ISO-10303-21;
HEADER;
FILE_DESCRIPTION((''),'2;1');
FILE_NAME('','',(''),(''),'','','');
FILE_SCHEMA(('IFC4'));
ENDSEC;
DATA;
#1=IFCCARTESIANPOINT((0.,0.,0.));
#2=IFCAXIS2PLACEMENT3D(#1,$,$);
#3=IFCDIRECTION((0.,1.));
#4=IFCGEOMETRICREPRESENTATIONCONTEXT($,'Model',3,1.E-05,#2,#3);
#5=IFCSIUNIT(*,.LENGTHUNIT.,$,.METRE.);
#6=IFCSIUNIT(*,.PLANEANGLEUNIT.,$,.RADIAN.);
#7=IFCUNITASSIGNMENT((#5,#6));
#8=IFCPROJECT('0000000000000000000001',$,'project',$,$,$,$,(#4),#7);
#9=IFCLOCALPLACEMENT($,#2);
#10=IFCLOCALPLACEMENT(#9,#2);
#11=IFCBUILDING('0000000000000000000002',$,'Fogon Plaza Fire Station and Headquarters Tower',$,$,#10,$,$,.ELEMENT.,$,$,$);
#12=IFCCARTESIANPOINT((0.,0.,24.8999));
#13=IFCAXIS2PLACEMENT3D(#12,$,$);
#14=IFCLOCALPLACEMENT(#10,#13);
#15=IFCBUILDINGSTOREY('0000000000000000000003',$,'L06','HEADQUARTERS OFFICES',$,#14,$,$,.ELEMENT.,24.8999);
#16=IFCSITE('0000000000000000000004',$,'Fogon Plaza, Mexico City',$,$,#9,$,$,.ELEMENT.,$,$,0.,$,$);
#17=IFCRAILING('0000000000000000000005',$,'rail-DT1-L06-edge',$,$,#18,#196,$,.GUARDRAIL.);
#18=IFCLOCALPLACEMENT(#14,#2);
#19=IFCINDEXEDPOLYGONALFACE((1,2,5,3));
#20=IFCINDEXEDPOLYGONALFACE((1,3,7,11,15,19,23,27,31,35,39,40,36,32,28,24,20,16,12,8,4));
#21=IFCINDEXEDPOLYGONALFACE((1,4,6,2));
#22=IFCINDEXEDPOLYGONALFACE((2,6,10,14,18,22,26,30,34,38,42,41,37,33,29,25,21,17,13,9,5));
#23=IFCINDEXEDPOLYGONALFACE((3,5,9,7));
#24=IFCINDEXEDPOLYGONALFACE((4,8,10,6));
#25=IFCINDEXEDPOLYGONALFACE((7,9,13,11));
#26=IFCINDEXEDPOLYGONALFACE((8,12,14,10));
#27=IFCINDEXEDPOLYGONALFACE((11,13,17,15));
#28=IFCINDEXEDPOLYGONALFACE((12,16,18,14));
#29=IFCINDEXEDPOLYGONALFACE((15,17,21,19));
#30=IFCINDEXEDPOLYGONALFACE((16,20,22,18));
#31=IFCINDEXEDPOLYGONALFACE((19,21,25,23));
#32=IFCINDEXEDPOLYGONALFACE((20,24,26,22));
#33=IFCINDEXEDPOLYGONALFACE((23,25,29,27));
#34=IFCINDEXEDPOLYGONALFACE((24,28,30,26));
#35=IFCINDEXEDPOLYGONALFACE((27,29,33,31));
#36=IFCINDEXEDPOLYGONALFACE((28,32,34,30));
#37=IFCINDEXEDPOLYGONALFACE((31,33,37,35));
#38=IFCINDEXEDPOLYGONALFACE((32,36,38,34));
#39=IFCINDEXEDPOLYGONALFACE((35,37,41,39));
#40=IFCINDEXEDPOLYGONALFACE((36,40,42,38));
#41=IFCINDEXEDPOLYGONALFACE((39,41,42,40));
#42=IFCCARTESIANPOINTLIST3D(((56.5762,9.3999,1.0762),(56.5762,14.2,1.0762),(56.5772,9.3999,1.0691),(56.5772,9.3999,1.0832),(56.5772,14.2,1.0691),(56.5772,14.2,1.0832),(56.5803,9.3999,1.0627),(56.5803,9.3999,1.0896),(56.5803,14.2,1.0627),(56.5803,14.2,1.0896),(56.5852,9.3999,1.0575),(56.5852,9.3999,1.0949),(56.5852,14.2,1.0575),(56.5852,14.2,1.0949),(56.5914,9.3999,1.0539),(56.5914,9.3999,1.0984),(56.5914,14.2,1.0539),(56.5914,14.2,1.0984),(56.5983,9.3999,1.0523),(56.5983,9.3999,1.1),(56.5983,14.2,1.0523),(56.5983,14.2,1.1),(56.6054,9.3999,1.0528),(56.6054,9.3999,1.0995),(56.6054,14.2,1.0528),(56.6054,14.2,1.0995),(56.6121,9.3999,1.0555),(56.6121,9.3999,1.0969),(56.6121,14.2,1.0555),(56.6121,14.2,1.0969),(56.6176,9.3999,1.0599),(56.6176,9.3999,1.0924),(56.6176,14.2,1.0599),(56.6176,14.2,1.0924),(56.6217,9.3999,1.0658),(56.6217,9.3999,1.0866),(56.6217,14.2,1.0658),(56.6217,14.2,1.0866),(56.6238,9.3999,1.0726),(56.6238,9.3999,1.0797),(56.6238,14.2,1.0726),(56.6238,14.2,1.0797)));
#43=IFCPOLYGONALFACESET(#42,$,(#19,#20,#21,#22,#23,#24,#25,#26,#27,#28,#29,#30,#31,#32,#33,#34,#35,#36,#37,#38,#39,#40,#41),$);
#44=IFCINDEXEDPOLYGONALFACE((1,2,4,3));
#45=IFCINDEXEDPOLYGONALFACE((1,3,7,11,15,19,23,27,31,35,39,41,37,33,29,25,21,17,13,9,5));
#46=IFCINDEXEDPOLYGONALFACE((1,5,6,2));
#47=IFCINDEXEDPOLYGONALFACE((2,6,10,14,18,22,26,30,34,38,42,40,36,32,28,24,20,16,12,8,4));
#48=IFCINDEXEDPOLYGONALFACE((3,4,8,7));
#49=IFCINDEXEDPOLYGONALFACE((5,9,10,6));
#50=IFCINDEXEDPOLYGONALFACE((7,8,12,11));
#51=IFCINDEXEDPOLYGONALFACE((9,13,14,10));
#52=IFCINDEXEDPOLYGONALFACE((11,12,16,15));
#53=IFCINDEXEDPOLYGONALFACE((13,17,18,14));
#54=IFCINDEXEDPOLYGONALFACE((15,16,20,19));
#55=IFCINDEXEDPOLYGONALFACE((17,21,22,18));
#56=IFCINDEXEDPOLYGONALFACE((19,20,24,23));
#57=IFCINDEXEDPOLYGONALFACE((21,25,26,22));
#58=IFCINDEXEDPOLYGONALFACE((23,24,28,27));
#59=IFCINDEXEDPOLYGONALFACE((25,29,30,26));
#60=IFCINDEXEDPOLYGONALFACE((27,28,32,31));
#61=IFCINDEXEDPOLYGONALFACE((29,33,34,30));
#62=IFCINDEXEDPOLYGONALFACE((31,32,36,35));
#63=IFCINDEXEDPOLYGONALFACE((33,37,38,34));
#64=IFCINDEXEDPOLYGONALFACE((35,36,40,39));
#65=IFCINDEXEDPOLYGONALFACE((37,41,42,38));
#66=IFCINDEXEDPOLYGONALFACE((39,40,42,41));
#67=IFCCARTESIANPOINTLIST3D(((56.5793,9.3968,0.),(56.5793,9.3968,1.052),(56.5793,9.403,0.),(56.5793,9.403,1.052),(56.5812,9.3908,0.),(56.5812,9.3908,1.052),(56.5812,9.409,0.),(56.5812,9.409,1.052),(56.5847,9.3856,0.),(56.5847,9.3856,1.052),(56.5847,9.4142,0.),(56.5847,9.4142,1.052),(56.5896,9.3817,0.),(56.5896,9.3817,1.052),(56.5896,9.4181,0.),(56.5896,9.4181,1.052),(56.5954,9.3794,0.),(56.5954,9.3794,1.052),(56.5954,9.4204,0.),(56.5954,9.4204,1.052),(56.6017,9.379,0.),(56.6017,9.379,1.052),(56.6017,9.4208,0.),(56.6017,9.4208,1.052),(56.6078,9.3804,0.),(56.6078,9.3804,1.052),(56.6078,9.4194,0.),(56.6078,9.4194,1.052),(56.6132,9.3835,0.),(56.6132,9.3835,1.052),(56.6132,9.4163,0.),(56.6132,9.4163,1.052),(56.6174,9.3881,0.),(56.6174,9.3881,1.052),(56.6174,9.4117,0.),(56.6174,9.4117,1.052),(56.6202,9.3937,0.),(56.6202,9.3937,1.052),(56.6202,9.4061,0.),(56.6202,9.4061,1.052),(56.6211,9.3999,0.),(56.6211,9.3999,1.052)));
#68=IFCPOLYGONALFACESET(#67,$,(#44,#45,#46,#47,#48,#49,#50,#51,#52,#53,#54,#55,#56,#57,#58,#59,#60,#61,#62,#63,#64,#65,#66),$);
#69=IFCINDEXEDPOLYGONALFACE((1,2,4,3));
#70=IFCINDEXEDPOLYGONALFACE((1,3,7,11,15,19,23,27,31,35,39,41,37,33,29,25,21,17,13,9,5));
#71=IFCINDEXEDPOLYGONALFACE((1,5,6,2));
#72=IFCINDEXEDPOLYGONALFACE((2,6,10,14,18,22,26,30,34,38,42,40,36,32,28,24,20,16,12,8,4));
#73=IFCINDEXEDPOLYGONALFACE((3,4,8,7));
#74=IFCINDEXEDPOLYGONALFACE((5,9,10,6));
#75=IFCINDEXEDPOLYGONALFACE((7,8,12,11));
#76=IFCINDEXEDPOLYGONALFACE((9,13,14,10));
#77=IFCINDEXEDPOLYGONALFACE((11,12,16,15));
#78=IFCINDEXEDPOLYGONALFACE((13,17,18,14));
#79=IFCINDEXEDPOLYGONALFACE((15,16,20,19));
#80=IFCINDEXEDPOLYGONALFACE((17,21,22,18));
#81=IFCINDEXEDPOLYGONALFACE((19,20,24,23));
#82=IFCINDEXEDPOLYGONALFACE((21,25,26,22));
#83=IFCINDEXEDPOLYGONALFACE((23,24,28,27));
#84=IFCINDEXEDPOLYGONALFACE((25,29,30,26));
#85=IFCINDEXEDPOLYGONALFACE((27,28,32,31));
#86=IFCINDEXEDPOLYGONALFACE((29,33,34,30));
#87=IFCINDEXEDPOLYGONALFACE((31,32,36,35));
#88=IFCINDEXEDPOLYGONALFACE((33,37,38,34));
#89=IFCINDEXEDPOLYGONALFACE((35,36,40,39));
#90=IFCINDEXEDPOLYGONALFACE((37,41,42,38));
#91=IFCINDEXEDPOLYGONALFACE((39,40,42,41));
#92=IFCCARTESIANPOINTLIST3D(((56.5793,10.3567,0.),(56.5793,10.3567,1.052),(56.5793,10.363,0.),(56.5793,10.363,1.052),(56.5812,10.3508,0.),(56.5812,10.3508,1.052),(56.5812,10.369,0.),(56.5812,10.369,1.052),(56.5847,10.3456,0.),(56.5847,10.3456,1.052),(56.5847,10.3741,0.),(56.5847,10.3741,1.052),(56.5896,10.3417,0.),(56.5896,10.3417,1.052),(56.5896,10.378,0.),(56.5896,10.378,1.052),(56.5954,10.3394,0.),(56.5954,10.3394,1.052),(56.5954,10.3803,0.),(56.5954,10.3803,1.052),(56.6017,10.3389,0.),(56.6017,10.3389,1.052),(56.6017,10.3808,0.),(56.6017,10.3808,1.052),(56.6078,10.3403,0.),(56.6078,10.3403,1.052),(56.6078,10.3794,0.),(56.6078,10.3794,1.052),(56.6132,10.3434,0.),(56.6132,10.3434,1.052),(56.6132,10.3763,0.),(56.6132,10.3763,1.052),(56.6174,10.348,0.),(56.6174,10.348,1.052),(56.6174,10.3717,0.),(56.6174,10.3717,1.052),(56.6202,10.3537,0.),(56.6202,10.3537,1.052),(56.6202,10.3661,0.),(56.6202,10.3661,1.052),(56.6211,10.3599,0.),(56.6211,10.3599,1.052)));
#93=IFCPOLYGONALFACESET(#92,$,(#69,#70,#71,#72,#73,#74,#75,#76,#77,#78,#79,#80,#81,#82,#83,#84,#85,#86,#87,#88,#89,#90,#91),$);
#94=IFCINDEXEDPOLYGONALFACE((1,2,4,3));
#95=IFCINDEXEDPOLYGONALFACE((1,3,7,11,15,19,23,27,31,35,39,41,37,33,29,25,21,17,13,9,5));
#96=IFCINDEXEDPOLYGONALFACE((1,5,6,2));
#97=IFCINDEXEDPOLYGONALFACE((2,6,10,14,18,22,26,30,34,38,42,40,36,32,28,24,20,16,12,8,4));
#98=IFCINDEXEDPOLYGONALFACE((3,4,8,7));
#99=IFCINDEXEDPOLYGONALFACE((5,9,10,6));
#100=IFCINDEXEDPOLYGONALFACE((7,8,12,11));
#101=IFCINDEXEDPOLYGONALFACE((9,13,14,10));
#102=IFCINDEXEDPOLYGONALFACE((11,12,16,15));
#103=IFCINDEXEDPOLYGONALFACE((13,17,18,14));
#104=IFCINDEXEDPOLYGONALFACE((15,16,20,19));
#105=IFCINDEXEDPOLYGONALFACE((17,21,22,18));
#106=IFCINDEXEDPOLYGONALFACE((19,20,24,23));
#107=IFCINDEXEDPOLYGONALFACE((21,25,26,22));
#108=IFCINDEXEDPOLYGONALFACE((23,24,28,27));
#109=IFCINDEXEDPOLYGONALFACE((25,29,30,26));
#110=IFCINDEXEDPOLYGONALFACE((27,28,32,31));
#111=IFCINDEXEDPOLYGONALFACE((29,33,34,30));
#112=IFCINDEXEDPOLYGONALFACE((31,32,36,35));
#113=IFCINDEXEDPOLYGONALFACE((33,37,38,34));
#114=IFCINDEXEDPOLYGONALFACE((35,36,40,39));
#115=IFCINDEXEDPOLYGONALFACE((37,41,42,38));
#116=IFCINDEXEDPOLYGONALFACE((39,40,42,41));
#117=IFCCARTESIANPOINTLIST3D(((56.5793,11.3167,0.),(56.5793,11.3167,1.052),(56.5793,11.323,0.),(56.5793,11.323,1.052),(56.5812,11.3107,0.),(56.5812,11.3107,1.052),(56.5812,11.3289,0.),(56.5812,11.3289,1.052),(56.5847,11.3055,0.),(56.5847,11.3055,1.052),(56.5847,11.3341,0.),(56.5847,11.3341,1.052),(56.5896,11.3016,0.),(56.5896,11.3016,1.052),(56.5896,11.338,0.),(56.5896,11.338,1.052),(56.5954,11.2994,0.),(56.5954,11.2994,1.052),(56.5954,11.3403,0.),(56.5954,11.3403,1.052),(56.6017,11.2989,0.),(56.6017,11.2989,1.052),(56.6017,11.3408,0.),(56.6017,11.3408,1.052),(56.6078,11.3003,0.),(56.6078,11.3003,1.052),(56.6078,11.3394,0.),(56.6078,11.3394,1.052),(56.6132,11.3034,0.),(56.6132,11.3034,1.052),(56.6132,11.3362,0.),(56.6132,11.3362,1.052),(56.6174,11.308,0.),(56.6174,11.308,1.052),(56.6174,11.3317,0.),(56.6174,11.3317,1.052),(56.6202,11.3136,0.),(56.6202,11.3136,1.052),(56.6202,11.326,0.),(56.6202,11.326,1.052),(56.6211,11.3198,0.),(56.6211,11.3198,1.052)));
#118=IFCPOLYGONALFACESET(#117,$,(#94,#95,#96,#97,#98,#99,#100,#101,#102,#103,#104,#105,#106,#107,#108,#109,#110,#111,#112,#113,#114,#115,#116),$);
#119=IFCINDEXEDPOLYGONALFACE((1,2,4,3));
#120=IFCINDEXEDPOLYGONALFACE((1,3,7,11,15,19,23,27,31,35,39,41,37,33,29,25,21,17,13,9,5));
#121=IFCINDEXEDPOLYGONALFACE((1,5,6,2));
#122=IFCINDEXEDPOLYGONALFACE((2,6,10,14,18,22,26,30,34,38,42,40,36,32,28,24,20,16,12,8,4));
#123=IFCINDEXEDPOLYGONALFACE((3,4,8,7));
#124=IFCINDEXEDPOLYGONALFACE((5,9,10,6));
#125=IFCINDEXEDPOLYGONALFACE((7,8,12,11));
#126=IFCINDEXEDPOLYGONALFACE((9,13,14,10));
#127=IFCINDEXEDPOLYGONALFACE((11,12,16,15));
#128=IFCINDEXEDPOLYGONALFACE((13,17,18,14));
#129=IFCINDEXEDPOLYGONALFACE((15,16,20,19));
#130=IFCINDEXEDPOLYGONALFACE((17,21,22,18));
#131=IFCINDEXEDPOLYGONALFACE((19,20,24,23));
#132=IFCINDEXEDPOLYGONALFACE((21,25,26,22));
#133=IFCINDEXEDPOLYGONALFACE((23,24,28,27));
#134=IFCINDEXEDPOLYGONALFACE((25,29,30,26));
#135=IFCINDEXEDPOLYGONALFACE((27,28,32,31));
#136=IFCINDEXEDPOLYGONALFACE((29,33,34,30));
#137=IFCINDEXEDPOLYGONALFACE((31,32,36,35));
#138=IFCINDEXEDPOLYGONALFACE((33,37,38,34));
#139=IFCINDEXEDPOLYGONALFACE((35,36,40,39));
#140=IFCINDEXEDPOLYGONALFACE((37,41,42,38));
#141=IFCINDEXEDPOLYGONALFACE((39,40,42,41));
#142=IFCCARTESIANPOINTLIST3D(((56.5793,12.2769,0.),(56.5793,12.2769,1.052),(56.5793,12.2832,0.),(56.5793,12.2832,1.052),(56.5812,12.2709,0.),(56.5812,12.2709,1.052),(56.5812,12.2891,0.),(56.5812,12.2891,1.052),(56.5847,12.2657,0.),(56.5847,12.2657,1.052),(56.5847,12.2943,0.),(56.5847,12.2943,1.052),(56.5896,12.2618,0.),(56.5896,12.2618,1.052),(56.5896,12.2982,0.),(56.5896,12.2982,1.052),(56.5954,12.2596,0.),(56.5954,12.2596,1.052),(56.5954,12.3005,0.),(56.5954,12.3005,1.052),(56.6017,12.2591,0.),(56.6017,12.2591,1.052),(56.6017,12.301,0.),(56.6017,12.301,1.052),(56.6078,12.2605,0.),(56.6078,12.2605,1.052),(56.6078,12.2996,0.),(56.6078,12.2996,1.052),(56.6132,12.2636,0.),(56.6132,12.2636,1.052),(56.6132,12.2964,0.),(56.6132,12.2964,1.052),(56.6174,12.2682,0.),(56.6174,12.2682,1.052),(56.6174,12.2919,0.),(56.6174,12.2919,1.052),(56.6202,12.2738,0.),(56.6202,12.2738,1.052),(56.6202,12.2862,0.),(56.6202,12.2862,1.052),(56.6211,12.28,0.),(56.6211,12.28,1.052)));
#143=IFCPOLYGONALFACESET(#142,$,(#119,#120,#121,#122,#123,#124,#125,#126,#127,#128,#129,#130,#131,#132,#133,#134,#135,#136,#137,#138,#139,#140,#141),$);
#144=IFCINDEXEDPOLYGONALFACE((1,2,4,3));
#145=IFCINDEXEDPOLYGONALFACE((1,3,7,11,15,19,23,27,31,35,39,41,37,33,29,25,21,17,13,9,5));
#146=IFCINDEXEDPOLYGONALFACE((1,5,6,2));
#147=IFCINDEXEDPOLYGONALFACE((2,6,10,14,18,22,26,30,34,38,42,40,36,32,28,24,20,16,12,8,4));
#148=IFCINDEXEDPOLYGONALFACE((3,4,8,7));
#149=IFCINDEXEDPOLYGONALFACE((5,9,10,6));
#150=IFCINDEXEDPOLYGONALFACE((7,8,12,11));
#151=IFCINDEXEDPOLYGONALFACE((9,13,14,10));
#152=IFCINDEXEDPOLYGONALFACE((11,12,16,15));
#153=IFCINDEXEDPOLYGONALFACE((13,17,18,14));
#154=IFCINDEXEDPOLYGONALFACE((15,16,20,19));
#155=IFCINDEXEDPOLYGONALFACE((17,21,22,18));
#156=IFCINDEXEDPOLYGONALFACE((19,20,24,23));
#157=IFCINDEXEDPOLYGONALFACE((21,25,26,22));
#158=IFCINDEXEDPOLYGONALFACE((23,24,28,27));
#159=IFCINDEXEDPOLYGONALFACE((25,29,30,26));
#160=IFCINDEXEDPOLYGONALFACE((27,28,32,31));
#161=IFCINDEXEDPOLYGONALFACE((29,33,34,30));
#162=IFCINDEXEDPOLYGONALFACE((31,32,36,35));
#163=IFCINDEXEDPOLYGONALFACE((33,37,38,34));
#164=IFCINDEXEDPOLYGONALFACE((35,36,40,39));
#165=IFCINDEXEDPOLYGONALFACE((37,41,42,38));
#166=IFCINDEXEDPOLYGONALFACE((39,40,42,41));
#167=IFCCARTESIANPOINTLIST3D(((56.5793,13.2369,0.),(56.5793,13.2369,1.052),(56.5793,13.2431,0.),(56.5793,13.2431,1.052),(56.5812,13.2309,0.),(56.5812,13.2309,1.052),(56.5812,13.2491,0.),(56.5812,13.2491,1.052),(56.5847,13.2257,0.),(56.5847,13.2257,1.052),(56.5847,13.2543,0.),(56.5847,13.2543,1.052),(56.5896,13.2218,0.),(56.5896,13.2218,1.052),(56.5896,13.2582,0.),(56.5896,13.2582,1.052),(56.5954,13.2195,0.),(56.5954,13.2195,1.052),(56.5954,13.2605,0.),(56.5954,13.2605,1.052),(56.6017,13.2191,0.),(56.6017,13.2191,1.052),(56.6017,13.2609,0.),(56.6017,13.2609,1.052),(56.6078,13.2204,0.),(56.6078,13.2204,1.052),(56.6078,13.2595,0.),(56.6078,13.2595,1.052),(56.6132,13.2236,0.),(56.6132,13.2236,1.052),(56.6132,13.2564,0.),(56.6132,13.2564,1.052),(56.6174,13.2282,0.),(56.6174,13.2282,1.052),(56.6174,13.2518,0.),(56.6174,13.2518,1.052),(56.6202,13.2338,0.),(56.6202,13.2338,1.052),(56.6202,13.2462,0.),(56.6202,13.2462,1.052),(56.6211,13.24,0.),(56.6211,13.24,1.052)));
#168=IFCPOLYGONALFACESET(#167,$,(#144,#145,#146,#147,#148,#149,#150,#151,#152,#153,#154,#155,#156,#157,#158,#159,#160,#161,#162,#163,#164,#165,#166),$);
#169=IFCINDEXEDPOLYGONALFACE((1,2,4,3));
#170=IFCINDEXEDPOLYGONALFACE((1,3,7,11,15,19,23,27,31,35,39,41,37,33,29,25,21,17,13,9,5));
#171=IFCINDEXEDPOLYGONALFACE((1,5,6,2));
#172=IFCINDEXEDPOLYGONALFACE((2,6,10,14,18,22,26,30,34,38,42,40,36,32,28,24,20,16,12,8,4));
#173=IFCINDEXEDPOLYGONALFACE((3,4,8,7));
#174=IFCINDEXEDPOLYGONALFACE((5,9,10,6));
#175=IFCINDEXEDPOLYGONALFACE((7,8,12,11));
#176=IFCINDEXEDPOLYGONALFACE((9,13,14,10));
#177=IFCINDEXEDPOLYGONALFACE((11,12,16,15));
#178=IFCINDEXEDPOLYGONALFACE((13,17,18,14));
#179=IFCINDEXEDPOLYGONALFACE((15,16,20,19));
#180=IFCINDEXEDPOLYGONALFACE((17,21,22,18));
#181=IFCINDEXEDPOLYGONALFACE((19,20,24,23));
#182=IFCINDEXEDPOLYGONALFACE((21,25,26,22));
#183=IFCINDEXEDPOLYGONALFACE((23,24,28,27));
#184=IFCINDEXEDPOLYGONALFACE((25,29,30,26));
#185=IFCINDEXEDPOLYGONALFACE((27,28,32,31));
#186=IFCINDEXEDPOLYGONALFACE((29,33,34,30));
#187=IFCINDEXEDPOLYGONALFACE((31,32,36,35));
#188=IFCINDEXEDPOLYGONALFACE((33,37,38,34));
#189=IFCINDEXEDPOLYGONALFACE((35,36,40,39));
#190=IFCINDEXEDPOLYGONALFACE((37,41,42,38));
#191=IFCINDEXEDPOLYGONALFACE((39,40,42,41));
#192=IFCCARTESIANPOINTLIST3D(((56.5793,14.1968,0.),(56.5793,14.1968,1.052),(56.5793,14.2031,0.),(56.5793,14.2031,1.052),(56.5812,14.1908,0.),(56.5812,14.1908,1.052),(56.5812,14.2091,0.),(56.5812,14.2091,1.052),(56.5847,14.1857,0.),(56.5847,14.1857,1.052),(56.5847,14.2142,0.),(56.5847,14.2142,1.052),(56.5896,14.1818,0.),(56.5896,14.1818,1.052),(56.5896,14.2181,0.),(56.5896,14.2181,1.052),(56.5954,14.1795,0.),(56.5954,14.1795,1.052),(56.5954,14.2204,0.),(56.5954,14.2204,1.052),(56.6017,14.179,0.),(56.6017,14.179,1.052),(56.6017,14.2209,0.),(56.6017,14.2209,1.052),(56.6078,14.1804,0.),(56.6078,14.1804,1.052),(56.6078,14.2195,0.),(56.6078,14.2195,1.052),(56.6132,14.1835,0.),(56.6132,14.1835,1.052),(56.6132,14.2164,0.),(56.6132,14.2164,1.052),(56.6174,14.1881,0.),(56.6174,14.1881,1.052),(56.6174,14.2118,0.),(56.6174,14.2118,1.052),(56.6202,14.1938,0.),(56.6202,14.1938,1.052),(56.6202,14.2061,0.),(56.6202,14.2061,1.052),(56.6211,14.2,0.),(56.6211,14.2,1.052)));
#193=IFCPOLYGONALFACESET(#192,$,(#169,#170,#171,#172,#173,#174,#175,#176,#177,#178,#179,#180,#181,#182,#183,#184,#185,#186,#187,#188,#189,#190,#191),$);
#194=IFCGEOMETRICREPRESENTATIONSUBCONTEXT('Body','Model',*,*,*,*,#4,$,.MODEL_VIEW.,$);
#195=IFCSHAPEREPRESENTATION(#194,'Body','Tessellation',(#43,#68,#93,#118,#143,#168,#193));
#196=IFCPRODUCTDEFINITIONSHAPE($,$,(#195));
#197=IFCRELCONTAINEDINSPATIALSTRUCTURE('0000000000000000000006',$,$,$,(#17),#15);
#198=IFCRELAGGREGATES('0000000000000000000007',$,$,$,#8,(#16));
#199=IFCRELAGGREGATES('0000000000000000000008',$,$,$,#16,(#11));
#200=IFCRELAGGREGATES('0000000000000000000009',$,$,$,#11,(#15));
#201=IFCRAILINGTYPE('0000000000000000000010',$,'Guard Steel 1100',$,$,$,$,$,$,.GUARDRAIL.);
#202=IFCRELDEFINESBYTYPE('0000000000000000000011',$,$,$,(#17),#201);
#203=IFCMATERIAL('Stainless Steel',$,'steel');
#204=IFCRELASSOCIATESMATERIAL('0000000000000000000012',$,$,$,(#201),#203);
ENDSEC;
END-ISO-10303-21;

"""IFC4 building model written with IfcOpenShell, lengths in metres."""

from ifc_helpers import new_model, si_unit, direction, frame, origin, origin_2d, place, context, subcontext, project, spatial, circle, extrude, material, type_object, element, save


model = new_model("IFC4")

# Units and contexts
model_context = context("Model", 3, precision=1e-05, world=origin(), true_north=direction((0.0, 1.0)))
body_context = subcontext(model_context, "Body", "Model", "MODEL_VIEW")
ifc_project = project(units=[si_unit("LENGTHUNIT", "METRE"), si_unit("PLANEANGLEUNIT", "RADIAN")], contexts=[model_context])

# Site, building, storey
site_placement = place(None, origin())
site = spatial("IfcSite", under=ifc_project, at=site_placement, Name="Fogon Plaza, Mexico City", CompositionType="ELEMENT", RefElevation=0.0)
building_placement = place(site_placement, origin())
building = spatial("IfcBuilding", under=site, at=building_placement, Name="Fogon Plaza Fire Station and Headquarters Tower", CompositionType="ELEMENT")
storey_placement = place(building_placement, frame((0.0, 0.0, 24.8999)))
storey = spatial("IfcBuildingStorey", under=building, at=storey_placement, Name="L06", Description="HEADQUARTERS OFFICES", CompositionType="ELEMENT", Elevation=24.8999)

# Railing
ifc_material_1 = material(Name="Stainless Steel", Category="steel")
railing_type = type_object("IfcRailingType", Name="Guard Steel 1100", PredefinedType="GUARDRAIL", material=ifc_material_1)
railing_placement = place(storey_placement, frame((56.6001, 9.3999, 0.0)))
element("IfcRailing", 1, at=railing_placement, inside=storey, type_object=railing_type, Name="rail-DT1-L06-edge", PredefinedType="GUARDRAIL", context=body_context, shape_type="SweptSolid", body=[
    extrude(circle(Radius=0.0239, at=origin_2d()), frame((0.0, 0.0, 1.0762), z_axis=(0.0, 1.0, 0.0), x_axis=(-1.0, 0.0, 0.0)), (0.0, 0.0, 1.0), 4.8),
    extrude(circle(Radius=0.021, at=origin_2d()), origin(), (0.0, 0.0, 1.0), 1.052),
    extrude(circle(Radius=0.021, at=origin_2d()), frame((0.0, 0.96, 0.0)), (0.0, 0.0, 1.0), 1.052),
    extrude(circle(Radius=0.021, at=origin_2d()), frame((0.0, 1.9199, 0.0)), (0.0, 0.0, 1.0), 1.052),
    extrude(circle(Radius=0.021, at=origin_2d()), frame((0.0, 2.8801, 0.0)), (0.0, 0.0, 1.0), 1.052),
    extrude(circle(Radius=0.021, at=origin_2d()), frame((0.0, 3.8401, 0.0)), (0.0, 0.0, 1.0), 1.052),
    extrude(circle(Radius=0.021, at=origin_2d()), frame((0.0, 4.8, 0.0)), (0.0, 0.0, 1.0), 1.052),
])

save(model, "model.ifc")
